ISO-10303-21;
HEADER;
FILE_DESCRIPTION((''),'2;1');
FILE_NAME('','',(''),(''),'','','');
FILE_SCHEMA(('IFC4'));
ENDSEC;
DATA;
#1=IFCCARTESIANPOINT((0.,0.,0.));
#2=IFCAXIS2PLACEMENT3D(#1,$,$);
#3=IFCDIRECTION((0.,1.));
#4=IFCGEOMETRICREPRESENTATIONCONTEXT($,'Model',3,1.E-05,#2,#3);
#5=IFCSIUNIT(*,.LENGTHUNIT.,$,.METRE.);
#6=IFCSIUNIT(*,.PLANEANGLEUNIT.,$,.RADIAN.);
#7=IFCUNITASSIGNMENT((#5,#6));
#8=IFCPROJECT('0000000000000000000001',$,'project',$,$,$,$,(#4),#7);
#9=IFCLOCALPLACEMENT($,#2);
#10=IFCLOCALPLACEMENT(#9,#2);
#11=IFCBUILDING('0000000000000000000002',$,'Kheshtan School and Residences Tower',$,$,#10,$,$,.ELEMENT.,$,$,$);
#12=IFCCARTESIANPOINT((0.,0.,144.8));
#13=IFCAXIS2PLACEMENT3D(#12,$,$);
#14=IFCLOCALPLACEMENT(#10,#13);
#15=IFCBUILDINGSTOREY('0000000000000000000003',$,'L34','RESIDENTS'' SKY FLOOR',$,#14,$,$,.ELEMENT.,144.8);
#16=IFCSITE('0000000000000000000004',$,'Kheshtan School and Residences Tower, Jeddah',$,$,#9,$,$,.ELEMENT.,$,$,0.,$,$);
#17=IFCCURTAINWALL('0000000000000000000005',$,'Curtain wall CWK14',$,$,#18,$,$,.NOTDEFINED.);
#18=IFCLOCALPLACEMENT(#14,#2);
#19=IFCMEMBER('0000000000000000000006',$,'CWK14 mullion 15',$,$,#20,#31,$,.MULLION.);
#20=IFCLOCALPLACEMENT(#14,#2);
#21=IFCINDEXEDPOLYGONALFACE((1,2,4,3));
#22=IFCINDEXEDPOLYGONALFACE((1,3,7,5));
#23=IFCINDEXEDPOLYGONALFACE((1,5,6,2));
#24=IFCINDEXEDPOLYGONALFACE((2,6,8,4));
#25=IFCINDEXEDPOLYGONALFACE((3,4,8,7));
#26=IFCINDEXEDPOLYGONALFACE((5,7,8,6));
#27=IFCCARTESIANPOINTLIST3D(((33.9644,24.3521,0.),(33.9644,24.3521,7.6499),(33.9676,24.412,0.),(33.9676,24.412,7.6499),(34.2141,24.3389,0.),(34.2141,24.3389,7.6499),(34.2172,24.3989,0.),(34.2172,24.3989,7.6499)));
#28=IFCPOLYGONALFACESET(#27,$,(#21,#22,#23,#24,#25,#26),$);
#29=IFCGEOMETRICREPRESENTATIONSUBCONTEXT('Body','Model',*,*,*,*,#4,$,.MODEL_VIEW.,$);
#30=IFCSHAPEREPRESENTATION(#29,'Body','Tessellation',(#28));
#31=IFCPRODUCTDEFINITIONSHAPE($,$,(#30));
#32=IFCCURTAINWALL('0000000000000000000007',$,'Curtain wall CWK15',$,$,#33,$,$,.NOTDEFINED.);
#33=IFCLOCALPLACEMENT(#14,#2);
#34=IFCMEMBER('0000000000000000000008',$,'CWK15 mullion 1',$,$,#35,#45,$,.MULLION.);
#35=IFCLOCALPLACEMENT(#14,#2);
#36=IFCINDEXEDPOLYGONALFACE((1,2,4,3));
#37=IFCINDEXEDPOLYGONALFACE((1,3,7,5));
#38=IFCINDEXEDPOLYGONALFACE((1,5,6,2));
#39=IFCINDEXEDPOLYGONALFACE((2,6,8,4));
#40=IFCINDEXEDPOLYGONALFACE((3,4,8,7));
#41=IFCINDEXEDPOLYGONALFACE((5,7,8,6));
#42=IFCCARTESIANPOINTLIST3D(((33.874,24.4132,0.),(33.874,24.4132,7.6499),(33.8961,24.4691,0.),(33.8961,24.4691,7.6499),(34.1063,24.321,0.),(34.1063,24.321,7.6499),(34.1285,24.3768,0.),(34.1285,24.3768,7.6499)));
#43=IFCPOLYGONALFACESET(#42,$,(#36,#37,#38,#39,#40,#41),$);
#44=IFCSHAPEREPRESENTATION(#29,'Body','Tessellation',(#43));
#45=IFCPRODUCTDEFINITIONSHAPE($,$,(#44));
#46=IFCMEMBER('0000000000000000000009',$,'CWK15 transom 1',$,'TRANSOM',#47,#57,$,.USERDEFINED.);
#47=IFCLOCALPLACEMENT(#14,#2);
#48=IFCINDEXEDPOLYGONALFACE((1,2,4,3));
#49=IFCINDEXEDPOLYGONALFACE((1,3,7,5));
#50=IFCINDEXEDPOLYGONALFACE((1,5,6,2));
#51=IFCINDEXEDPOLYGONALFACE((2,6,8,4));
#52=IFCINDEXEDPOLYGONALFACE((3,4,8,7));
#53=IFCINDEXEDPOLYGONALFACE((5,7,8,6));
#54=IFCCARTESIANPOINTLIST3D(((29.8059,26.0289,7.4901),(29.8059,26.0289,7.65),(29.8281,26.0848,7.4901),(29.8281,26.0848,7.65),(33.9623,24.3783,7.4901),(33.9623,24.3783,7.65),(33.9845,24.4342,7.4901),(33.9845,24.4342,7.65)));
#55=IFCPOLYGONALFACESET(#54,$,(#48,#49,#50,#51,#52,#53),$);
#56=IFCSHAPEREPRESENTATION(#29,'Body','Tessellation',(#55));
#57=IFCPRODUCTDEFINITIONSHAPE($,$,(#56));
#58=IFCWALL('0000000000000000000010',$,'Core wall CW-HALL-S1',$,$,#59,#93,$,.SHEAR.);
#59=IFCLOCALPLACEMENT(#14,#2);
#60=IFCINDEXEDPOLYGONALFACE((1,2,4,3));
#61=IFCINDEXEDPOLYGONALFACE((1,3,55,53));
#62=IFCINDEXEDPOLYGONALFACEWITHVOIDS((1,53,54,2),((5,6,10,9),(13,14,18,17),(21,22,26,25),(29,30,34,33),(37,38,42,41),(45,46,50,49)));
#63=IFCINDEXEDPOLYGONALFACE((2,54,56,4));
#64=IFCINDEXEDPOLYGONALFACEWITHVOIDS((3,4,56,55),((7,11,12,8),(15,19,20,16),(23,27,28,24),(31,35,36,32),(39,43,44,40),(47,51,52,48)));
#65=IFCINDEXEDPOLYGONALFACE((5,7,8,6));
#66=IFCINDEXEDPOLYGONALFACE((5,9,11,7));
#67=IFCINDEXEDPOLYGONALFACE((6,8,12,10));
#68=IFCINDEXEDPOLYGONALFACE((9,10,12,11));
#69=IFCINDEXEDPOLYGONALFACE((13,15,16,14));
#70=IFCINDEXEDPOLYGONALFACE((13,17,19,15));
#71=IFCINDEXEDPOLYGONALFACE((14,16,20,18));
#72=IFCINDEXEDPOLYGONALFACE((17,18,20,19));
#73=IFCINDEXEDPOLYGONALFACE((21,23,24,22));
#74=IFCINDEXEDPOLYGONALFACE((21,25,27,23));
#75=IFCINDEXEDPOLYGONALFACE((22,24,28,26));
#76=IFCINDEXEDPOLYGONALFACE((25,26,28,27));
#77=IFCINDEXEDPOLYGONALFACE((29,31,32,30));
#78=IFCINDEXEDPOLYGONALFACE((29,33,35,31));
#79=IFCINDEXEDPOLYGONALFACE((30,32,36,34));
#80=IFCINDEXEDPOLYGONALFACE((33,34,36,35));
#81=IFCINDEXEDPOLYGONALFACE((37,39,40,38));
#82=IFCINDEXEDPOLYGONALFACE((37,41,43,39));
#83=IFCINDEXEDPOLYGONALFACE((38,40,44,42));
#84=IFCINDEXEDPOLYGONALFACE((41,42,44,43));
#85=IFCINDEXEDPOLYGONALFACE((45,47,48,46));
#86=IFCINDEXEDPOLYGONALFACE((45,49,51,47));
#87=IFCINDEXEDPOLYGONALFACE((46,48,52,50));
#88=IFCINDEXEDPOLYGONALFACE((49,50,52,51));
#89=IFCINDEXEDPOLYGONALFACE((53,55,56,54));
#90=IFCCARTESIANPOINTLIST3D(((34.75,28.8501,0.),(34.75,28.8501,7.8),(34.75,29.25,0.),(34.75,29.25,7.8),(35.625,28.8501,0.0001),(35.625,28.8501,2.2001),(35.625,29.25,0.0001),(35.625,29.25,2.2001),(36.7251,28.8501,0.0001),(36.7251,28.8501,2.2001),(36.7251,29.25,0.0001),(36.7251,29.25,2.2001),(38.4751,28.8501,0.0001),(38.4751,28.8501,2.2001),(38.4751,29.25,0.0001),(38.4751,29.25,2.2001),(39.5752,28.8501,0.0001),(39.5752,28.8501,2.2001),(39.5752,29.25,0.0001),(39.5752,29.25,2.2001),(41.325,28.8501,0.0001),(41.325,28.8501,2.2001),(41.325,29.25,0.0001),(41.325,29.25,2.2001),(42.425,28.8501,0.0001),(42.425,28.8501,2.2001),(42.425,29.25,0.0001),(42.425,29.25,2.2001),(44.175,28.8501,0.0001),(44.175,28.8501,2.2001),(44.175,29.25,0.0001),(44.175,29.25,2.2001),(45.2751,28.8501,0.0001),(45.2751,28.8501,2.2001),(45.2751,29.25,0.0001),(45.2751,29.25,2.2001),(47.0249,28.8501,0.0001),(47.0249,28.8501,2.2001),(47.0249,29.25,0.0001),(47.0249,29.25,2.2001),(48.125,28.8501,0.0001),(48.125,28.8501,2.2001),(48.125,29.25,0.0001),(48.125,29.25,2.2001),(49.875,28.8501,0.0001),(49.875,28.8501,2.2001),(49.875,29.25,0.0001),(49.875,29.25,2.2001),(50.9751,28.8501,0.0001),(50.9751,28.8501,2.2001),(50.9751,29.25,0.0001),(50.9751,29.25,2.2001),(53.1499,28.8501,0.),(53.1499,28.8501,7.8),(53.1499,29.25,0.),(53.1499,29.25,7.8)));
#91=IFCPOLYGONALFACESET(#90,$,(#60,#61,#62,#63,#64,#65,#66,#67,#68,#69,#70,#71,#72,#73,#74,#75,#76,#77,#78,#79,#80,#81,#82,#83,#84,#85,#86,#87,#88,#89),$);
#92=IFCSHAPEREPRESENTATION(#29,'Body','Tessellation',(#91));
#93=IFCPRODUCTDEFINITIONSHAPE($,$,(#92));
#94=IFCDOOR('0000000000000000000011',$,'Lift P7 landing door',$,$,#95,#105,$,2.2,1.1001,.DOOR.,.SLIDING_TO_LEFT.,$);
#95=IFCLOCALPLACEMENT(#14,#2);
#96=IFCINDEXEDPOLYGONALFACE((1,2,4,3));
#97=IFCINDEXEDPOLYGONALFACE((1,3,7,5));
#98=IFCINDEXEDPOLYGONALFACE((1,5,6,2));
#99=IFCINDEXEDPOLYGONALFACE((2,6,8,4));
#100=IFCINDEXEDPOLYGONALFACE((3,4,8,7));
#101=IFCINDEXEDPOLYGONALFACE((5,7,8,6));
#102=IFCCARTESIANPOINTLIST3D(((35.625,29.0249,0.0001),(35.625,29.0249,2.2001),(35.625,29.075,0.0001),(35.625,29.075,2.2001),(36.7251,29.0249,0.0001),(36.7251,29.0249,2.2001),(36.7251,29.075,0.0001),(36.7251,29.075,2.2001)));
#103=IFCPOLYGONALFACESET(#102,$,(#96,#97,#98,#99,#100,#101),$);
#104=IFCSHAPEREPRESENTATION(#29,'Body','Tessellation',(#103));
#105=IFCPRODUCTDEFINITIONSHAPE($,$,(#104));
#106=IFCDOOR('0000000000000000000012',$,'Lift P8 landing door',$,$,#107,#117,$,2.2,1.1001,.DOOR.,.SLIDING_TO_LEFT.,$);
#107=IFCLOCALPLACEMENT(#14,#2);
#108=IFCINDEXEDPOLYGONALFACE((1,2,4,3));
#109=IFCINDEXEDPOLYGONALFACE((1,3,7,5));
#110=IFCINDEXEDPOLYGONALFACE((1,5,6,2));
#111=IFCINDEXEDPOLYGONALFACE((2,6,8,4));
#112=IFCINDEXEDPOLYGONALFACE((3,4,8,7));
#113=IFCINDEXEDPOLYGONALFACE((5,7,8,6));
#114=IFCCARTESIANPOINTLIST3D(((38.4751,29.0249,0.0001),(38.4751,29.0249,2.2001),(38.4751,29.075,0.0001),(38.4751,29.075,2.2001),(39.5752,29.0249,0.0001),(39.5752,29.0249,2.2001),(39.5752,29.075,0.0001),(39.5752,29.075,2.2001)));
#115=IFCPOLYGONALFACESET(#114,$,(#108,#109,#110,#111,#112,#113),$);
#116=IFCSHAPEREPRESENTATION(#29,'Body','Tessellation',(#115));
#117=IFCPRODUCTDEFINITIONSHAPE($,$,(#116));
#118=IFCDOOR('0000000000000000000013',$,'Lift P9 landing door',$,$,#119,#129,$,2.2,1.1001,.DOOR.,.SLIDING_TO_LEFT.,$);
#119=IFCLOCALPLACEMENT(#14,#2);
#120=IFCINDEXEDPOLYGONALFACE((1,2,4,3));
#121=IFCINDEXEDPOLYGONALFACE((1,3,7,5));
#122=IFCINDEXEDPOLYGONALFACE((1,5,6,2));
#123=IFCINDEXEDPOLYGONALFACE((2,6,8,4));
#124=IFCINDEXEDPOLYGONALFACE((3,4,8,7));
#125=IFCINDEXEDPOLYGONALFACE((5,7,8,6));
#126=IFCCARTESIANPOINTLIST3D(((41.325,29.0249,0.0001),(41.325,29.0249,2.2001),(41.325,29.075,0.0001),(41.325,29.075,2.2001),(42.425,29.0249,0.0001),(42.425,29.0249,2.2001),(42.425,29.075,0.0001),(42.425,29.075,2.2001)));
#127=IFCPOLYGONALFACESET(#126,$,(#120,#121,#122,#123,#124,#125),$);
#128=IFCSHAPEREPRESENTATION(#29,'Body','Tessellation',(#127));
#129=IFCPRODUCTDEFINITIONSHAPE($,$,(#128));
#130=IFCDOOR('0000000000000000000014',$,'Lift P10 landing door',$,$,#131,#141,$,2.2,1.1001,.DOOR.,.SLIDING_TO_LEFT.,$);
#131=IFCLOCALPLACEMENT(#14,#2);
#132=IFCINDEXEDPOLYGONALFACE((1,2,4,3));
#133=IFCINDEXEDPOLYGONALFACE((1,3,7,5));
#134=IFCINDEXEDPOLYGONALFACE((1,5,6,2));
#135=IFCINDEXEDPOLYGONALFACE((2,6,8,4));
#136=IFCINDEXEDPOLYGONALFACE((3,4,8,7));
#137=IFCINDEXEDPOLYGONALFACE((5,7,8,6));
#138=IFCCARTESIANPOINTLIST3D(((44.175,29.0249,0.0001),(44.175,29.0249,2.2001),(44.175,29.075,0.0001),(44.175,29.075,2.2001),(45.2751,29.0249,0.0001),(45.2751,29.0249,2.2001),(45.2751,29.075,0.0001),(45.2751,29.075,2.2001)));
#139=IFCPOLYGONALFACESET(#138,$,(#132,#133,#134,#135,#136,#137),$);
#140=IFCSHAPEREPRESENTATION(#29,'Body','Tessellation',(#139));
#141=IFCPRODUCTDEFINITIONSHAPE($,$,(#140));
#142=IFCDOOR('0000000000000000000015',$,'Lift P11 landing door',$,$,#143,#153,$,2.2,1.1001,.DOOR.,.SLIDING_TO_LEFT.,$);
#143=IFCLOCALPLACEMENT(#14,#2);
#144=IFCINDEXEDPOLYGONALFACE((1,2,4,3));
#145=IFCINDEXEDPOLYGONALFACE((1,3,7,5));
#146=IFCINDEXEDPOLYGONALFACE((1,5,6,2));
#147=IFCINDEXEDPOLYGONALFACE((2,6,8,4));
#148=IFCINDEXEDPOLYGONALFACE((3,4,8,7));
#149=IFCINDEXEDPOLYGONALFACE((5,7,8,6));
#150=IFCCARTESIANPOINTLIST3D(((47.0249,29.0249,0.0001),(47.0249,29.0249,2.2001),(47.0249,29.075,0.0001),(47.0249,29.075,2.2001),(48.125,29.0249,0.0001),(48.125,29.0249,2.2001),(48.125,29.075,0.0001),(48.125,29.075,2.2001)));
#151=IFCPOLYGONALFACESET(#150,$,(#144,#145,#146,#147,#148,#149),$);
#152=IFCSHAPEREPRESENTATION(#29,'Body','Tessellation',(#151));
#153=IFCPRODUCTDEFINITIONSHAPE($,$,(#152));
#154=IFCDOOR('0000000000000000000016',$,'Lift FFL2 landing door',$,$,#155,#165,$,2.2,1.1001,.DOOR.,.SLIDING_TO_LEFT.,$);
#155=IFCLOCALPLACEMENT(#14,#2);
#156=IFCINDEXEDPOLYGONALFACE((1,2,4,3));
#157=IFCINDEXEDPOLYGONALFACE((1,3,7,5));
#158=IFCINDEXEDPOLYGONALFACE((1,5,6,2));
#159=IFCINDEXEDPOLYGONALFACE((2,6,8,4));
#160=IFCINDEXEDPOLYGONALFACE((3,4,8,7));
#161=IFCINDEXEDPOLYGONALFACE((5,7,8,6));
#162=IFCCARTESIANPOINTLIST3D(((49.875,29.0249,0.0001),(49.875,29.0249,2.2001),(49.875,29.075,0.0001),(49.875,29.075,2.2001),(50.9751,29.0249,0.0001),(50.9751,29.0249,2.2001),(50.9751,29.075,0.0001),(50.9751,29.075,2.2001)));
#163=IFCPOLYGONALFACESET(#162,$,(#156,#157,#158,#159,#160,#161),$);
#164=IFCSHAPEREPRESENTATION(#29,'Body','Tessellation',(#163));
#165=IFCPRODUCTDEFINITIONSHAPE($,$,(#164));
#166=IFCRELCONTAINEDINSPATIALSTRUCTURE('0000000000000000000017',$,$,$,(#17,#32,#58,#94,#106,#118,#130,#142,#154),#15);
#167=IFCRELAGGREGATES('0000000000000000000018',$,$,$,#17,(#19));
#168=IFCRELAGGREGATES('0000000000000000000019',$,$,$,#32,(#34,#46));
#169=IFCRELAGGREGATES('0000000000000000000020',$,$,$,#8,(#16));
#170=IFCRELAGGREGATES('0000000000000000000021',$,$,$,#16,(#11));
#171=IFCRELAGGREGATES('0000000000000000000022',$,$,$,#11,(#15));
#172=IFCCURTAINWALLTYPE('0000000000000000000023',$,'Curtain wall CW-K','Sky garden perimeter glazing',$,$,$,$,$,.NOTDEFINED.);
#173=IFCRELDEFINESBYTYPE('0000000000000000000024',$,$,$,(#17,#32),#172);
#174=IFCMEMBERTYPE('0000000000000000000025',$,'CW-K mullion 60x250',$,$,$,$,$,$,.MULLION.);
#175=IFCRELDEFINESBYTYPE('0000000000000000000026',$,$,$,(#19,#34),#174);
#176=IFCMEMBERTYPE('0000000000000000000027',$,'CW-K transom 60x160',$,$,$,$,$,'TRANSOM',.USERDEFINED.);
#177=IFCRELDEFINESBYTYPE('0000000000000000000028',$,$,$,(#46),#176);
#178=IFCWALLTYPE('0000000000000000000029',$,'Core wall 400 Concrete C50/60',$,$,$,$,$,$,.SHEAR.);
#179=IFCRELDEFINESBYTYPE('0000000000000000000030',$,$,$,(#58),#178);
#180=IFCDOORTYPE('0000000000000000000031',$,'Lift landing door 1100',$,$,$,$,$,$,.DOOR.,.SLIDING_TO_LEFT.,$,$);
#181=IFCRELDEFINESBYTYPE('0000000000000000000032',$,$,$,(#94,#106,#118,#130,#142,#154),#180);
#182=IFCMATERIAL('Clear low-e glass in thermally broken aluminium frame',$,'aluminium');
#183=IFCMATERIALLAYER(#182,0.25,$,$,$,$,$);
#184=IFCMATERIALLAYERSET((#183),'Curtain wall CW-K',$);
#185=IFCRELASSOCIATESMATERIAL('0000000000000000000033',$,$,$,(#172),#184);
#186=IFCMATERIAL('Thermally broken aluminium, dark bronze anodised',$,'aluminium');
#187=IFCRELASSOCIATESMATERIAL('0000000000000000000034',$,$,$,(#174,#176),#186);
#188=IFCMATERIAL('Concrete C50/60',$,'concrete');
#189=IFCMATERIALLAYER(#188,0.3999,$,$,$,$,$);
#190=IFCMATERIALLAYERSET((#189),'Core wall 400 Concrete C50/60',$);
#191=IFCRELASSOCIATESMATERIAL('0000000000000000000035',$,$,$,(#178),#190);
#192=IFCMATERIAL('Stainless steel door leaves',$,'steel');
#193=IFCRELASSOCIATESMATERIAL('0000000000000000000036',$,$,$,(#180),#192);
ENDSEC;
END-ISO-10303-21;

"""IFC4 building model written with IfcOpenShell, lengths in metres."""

from ifc_helpers import new_model, si_unit, direction, frame, frame_2d, origin, origin_2d, place, context, subcontext, project, spatial, rectangle, extrude, source, transform, mapped, material, layer, layer_set, material_profile, profile_set, type_object, element, fill, aggregate, save


model = new_model("IFC4")

# Units and contexts
model_context = context("Model", 3, precision=1e-05, world=origin(), true_north=direction((0.0, 1.0)))
body_context = subcontext(model_context, "Body", "Model", "MODEL_VIEW")
ifc_project = project(units=[si_unit("LENGTHUNIT", "METRE"), si_unit("PLANEANGLEUNIT", "RADIAN")], contexts=[model_context])

# Site, building, storey
site_placement = place(None, origin())
site = spatial("IfcSite", under=ifc_project, at=site_placement, Name="Kheshtan School and Residences Tower, Jeddah", CompositionType="ELEMENT", RefElevation=0.0)
building_placement = place(site_placement, origin())
building = spatial("IfcBuilding", under=site, at=building_placement, Name="Kheshtan School and Residences Tower", CompositionType="ELEMENT")
storey_placement = place(building_placement, frame((0.0, 0.0, 144.8)))
storey = spatial("IfcBuildingStorey", under=building, at=storey_placement, Name="L34", Description="RESIDENTS' SKY FLOOR", CompositionType="ELEMENT", Elevation=144.8)

# Curtain wall, member
ifc_material_1 = material(Name="Clear low-e glass in thermally broken aluminium frame", Category="aluminium")
ifc_layer_1 = layer(ifc_material_1, 0.25)
ifc_layer_set_1 = layer_set([ifc_layer_1], Name="Curtain wall CW-K")
curtain_wall_type = type_object("IfcCurtainWallType", Name="Curtain wall CW-K", Description="Sky garden perimeter glazing", PredefinedType="NOTDEFINED", material=ifc_layer_set_1)
curtain_wall_1_placement = place(storey_placement, origin())
curtain_wall_1 = element("IfcCurtainWall", 1, at=curtain_wall_1_placement, inside=storey, type_object=curtain_wall_type, Name="Curtain wall CWK14", PredefinedType="NOTDEFINED")
ifc_material_2 = material(Name="Thermally broken aluminium, dark bronze anodised", Category="aluminium")
ifc_material_profile_1 = material_profile(ifc_material_2, rectangle(XDim=0.0601, YDim=0.25, at=origin_2d()), Name="CW-K mullion 60x250")
ifc_profile_set_1 = profile_set([ifc_material_profile_1], Name="Thermally broken aluminium, dark bronze anodised")
member_type_1 = type_object("IfcMemberType", Name="CW-K mullion 60x250", PredefinedType="MULLION", material=ifc_profile_set_1)
member_1_placement = place(storey_placement, frame((34.0908, 24.3755, 0.0), z_axis=(0.0, 0.0, 1.0), x_axis=(-0.05257, -0.998617, 0.0)))
member_1 = element("IfcMember", 2, at=member_1_placement, type_object=member_type_1, Name="CWK14 mullion 15", PredefinedType="MULLION", context=body_context, shape_type="SweptSolid", body=[
    extrude(rectangle(XDim=0.0601, YDim=0.25, at=origin_2d()), origin(), (0.0, 0.0, 1.0), 7.6499),
])
aggregate(curtain_wall_1, [member_1])

# Curtain wall, members
curtain_wall_2_placement = place(storey_placement, origin())
curtain_wall_2 = element("IfcCurtainWall", 3, at=curtain_wall_2_placement, inside=storey, type_object=curtain_wall_type, Name="Curtain wall CWK15", PredefinedType="NOTDEFINED")
member_2_placement = place(storey_placement, frame((34.0012, 24.395, 0.0), z_axis=(0.0, 0.0, 1.0), x_axis=(-0.369099, -0.92939, 0.0)))
member_2 = element("IfcMember", 4, at=member_2_placement, type_object=member_type_1, Name="CWK15 mullion 1", PredefinedType="MULLION", context=body_context, shape_type="SweptSolid", body=[
    extrude(rectangle(XDim=0.0601, YDim=0.25, at=origin_2d()), origin(), (0.0, 0.0, 1.0), 7.6499),
])
ifc_material_profile_2 = material_profile(ifc_material_2, rectangle(XDim=0.0601, YDim=0.1599, at=origin_2d()), Name="CW-K transom 60x160")
ifc_profile_set_2 = profile_set([ifc_material_profile_2], Name="Thermally broken aluminium, dark bronze anodised")
member_type_2 = type_object("IfcMemberType", Name="CW-K transom 60x160", ElementType="TRANSOM", PredefinedType="USERDEFINED", material=ifc_profile_set_2)
member_3_placement = place(storey_placement, frame((33.9734, 24.4062, 7.5701), z_axis=(-0.929396, 0.369084, 0.0), x_axis=(-0.369084, -0.929396, 0.0)))
member_3 = element("IfcMember", 5, at=member_3_placement, type_object=member_type_2, Name="CWK15 transom 1", ObjectType="TRANSOM", PredefinedType="USERDEFINED", context=body_context, shape_type="SweptSolid", body=[
    extrude(rectangle(XDim=0.0601, YDim=0.1599, at=origin_2d()), origin(), (0.0, 0.0, 1.0), 4.4722),
])
aggregate(curtain_wall_2, [member_2, member_3])

# Wall, openings, doors
ifc_material_3 = material(Name="Concrete C50/60", Category="concrete")
ifc_layer_2 = layer(ifc_material_3, 0.3999)
ifc_layer_set_2 = layer_set([ifc_layer_2], Name="Core wall 400 Concrete C50/60")
wall_type_1 = type_object("IfcWallType", Name="Core wall 400 Concrete C50/60", PredefinedType="SHEAR", material=ifc_layer_set_2)
wall_1_placement = place(storey_placement, frame((34.75, 29.05, 0.0), z_axis=(0.0, 0.0, 1.0), x_axis=(1.0, 0.0, 0.0)))
wall_1 = element("IfcWall", 6, at=wall_1_placement, inside=storey, type_object=wall_type_1, Name="Core wall CW-HALL-S1", PredefinedType="SHEAR", context=body_context, shape_type="SweptSolid", body=[
    extrude(rectangle(XDim=18.3999, YDim=0.3999, at=frame_2d((9.2, 0.0))), origin(), (0.0, 0.0, 1.0), 7.8),
])
opening_1_placement = place(wall_1_placement, frame((0.875, 0.0, 0.0)))
opening_1 = element("IfcOpeningElement", 7, at=opening_1_placement, cuts=wall_1, PredefinedType="OPENING", context=body_context, shape_type="SweptSolid", body=[
    extrude(rectangle(XDim=1.1001, YDim=2.2, at=frame_2d((0.55, 1.1001))), frame((0.0, 0.21, 0.0), z_axis=(0.0, -1.0, 0.0), x_axis=(1.0, 0.0, 0.0)), (0.0, 0.0, 1.0), 0.4199),
])
opening_2_placement = place(wall_1_placement, frame((3.7251, 0.0, 0.0)))
opening_2 = element("IfcOpeningElement", 8, at=opening_2_placement, cuts=wall_1, PredefinedType="OPENING", context=body_context, shape_type="SweptSolid", body=[
    extrude(rectangle(XDim=1.1001, YDim=2.2, at=frame_2d((0.55, 1.1001))), frame((0.0, 0.21, 0.0), z_axis=(0.0, -1.0, 0.0), x_axis=(1.0, 0.0, 0.0)), (0.0, 0.0, 1.0), 0.4199),
])
opening_3_placement = place(wall_1_placement, frame((6.575, 0.0, 0.0)))
opening_3 = element("IfcOpeningElement", 9, at=opening_3_placement, cuts=wall_1, PredefinedType="OPENING", context=body_context, shape_type="SweptSolid", body=[
    extrude(rectangle(XDim=1.1001, YDim=2.2, at=frame_2d((0.55, 1.1001))), frame((0.0, 0.21, 0.0), z_axis=(0.0, -1.0, 0.0), x_axis=(1.0, 0.0, 0.0)), (0.0, 0.0, 1.0), 0.4199),
])
opening_4_placement = place(wall_1_placement, frame((9.425, 0.0, 0.0)))
opening_4 = element("IfcOpeningElement", 10, at=opening_4_placement, cuts=wall_1, PredefinedType="OPENING", context=body_context, shape_type="SweptSolid", body=[
    extrude(rectangle(XDim=1.1001, YDim=2.2, at=frame_2d((0.55, 1.1001))), frame((0.0, 0.21, 0.0), z_axis=(0.0, -1.0, 0.0), x_axis=(1.0, 0.0, 0.0)), (0.0, 0.0, 1.0), 0.4199),
])
opening_5_placement = place(wall_1_placement, frame((12.2749, 0.0, 0.0)))
opening_5 = element("IfcOpeningElement", 11, at=opening_5_placement, cuts=wall_1, PredefinedType="OPENING", context=body_context, shape_type="SweptSolid", body=[
    extrude(rectangle(XDim=1.1001, YDim=2.2, at=frame_2d((0.55, 1.1001))), frame((0.0, 0.21, 0.0), z_axis=(0.0, -1.0, 0.0), x_axis=(1.0, 0.0, 0.0)), (0.0, 0.0, 1.0), 0.4199),
])
opening_6_placement = place(wall_1_placement, frame((15.125, 0.0, 0.0)))
opening_6 = element("IfcOpeningElement", 12, at=opening_6_placement, cuts=wall_1, PredefinedType="OPENING", context=body_context, shape_type="SweptSolid", body=[
    extrude(rectangle(XDim=1.1001, YDim=2.2, at=frame_2d((0.55, 1.1001))), frame((0.0, 0.21, 0.0), z_axis=(0.0, -1.0, 0.0), x_axis=(1.0, 0.0, 0.0)), (0.0, 0.0, 1.0), 0.4199),
])
ifc_material_4 = material(Name="Stainless steel door leaves", Category="steel")
door_type_1 = type_object("IfcDoorType", Name="Lift landing door 1100", OperationType="SLIDING_TO_LEFT", PredefinedType="DOOR", material=ifc_material_4)
shared_shape_1 = source(origin(), body_context, "Body", "SweptSolid", [
    extrude(rectangle(XDim=1.1001, YDim=2.2, at=frame_2d((0.55, 1.1001))), frame((0.0, 0.0249, 0.0), z_axis=(0.0, -1.0, 0.0), x_axis=(1.0, 0.0, 0.0)), (0.0, 0.0, 1.0), 0.05),
])
door_1_placement = place(opening_1_placement, origin())
door_1 = element("IfcDoor", 13, at=door_1_placement, inside=storey, type_object=door_type_1, Name="Lift P7 landing door", OperationType="SLIDING_TO_LEFT", OverallHeight=2.2, OverallWidth=1.1001, PredefinedType="DOOR", context=body_context, shape_type="MappedRepresentation", body=[
    mapped(shared_shape_1, transform((0.0, 0.0, 0.0), x_axis=(1.0, 0.0, 0.0), y_axis=(0.0, 1.0, 0.0), z_axis=(0.0, 0.0, 1.0), scale=1.0)),
])
fill(opening_1, door_1)
door_2_placement = place(opening_2_placement, origin())
door_2 = element("IfcDoor", 14, at=door_2_placement, inside=storey, type_object=door_type_1, Name="Lift P8 landing door", OperationType="SLIDING_TO_LEFT", OverallHeight=2.2, OverallWidth=1.1001, PredefinedType="DOOR", context=body_context, shape_type="MappedRepresentation", body=[
    mapped(shared_shape_1, transform((0.0, 0.0, 0.0), x_axis=(1.0, 0.0, 0.0), y_axis=(0.0, 1.0, 0.0), z_axis=(0.0, 0.0, 1.0), scale=1.0)),
])
fill(opening_2, door_2)
door_3_placement = place(opening_3_placement, origin())
door_3 = element("IfcDoor", 15, at=door_3_placement, inside=storey, type_object=door_type_1, Name="Lift P9 landing door", OperationType="SLIDING_TO_LEFT", OverallHeight=2.2, OverallWidth=1.1001, PredefinedType="DOOR", context=body_context, shape_type="MappedRepresentation", body=[
    mapped(shared_shape_1, transform((0.0, 0.0, 0.0), x_axis=(1.0, 0.0, 0.0), y_axis=(0.0, 1.0, 0.0), z_axis=(0.0, 0.0, 1.0), scale=1.0)),
])
fill(opening_3, door_3)
door_4_placement = place(opening_4_placement, origin())
door_4 = element("IfcDoor", 16, at=door_4_placement, inside=storey, type_object=door_type_1, Name="Lift P10 landing door", OperationType="SLIDING_TO_LEFT", OverallHeight=2.2, OverallWidth=1.1001, PredefinedType="DOOR", context=body_context, shape_type="MappedRepresentation", body=[
    mapped(shared_shape_1, transform((0.0, 0.0, 0.0), x_axis=(1.0, 0.0, 0.0), y_axis=(0.0, 1.0, 0.0), z_axis=(0.0, 0.0, 1.0), scale=1.0)),
])
fill(opening_4, door_4)
door_5_placement = place(opening_5_placement, origin())
door_5 = element("IfcDoor", 17, at=door_5_placement, inside=storey, type_object=door_type_1, Name="Lift P11 landing door", OperationType="SLIDING_TO_LEFT", OverallHeight=2.2, OverallWidth=1.1001, PredefinedType="DOOR", context=body_context, shape_type="MappedRepresentation", body=[
    mapped(shared_shape_1, transform((0.0, 0.0, 0.0), x_axis=(1.0, 0.0, 0.0), y_axis=(0.0, 1.0, 0.0), z_axis=(0.0, 0.0, 1.0), scale=1.0)),
])
fill(opening_5, door_5)
door_6_placement = place(opening_6_placement, origin())
door_6 = element("IfcDoor", 18, at=door_6_placement, inside=storey, type_object=door_type_1, Name="Lift FFL2 landing door", OperationType="SLIDING_TO_LEFT", OverallHeight=2.2, OverallWidth=1.1001, PredefinedType="DOOR", context=body_context, shape_type="MappedRepresentation", body=[
    mapped(shared_shape_1, transform((0.0, 0.0, 0.0), x_axis=(1.0, 0.0, 0.0), y_axis=(0.0, 1.0, 0.0), z_axis=(0.0, 0.0, 1.0), scale=1.0)),
])
fill(opening_6, door_6)

save(model, "model.ifc")
